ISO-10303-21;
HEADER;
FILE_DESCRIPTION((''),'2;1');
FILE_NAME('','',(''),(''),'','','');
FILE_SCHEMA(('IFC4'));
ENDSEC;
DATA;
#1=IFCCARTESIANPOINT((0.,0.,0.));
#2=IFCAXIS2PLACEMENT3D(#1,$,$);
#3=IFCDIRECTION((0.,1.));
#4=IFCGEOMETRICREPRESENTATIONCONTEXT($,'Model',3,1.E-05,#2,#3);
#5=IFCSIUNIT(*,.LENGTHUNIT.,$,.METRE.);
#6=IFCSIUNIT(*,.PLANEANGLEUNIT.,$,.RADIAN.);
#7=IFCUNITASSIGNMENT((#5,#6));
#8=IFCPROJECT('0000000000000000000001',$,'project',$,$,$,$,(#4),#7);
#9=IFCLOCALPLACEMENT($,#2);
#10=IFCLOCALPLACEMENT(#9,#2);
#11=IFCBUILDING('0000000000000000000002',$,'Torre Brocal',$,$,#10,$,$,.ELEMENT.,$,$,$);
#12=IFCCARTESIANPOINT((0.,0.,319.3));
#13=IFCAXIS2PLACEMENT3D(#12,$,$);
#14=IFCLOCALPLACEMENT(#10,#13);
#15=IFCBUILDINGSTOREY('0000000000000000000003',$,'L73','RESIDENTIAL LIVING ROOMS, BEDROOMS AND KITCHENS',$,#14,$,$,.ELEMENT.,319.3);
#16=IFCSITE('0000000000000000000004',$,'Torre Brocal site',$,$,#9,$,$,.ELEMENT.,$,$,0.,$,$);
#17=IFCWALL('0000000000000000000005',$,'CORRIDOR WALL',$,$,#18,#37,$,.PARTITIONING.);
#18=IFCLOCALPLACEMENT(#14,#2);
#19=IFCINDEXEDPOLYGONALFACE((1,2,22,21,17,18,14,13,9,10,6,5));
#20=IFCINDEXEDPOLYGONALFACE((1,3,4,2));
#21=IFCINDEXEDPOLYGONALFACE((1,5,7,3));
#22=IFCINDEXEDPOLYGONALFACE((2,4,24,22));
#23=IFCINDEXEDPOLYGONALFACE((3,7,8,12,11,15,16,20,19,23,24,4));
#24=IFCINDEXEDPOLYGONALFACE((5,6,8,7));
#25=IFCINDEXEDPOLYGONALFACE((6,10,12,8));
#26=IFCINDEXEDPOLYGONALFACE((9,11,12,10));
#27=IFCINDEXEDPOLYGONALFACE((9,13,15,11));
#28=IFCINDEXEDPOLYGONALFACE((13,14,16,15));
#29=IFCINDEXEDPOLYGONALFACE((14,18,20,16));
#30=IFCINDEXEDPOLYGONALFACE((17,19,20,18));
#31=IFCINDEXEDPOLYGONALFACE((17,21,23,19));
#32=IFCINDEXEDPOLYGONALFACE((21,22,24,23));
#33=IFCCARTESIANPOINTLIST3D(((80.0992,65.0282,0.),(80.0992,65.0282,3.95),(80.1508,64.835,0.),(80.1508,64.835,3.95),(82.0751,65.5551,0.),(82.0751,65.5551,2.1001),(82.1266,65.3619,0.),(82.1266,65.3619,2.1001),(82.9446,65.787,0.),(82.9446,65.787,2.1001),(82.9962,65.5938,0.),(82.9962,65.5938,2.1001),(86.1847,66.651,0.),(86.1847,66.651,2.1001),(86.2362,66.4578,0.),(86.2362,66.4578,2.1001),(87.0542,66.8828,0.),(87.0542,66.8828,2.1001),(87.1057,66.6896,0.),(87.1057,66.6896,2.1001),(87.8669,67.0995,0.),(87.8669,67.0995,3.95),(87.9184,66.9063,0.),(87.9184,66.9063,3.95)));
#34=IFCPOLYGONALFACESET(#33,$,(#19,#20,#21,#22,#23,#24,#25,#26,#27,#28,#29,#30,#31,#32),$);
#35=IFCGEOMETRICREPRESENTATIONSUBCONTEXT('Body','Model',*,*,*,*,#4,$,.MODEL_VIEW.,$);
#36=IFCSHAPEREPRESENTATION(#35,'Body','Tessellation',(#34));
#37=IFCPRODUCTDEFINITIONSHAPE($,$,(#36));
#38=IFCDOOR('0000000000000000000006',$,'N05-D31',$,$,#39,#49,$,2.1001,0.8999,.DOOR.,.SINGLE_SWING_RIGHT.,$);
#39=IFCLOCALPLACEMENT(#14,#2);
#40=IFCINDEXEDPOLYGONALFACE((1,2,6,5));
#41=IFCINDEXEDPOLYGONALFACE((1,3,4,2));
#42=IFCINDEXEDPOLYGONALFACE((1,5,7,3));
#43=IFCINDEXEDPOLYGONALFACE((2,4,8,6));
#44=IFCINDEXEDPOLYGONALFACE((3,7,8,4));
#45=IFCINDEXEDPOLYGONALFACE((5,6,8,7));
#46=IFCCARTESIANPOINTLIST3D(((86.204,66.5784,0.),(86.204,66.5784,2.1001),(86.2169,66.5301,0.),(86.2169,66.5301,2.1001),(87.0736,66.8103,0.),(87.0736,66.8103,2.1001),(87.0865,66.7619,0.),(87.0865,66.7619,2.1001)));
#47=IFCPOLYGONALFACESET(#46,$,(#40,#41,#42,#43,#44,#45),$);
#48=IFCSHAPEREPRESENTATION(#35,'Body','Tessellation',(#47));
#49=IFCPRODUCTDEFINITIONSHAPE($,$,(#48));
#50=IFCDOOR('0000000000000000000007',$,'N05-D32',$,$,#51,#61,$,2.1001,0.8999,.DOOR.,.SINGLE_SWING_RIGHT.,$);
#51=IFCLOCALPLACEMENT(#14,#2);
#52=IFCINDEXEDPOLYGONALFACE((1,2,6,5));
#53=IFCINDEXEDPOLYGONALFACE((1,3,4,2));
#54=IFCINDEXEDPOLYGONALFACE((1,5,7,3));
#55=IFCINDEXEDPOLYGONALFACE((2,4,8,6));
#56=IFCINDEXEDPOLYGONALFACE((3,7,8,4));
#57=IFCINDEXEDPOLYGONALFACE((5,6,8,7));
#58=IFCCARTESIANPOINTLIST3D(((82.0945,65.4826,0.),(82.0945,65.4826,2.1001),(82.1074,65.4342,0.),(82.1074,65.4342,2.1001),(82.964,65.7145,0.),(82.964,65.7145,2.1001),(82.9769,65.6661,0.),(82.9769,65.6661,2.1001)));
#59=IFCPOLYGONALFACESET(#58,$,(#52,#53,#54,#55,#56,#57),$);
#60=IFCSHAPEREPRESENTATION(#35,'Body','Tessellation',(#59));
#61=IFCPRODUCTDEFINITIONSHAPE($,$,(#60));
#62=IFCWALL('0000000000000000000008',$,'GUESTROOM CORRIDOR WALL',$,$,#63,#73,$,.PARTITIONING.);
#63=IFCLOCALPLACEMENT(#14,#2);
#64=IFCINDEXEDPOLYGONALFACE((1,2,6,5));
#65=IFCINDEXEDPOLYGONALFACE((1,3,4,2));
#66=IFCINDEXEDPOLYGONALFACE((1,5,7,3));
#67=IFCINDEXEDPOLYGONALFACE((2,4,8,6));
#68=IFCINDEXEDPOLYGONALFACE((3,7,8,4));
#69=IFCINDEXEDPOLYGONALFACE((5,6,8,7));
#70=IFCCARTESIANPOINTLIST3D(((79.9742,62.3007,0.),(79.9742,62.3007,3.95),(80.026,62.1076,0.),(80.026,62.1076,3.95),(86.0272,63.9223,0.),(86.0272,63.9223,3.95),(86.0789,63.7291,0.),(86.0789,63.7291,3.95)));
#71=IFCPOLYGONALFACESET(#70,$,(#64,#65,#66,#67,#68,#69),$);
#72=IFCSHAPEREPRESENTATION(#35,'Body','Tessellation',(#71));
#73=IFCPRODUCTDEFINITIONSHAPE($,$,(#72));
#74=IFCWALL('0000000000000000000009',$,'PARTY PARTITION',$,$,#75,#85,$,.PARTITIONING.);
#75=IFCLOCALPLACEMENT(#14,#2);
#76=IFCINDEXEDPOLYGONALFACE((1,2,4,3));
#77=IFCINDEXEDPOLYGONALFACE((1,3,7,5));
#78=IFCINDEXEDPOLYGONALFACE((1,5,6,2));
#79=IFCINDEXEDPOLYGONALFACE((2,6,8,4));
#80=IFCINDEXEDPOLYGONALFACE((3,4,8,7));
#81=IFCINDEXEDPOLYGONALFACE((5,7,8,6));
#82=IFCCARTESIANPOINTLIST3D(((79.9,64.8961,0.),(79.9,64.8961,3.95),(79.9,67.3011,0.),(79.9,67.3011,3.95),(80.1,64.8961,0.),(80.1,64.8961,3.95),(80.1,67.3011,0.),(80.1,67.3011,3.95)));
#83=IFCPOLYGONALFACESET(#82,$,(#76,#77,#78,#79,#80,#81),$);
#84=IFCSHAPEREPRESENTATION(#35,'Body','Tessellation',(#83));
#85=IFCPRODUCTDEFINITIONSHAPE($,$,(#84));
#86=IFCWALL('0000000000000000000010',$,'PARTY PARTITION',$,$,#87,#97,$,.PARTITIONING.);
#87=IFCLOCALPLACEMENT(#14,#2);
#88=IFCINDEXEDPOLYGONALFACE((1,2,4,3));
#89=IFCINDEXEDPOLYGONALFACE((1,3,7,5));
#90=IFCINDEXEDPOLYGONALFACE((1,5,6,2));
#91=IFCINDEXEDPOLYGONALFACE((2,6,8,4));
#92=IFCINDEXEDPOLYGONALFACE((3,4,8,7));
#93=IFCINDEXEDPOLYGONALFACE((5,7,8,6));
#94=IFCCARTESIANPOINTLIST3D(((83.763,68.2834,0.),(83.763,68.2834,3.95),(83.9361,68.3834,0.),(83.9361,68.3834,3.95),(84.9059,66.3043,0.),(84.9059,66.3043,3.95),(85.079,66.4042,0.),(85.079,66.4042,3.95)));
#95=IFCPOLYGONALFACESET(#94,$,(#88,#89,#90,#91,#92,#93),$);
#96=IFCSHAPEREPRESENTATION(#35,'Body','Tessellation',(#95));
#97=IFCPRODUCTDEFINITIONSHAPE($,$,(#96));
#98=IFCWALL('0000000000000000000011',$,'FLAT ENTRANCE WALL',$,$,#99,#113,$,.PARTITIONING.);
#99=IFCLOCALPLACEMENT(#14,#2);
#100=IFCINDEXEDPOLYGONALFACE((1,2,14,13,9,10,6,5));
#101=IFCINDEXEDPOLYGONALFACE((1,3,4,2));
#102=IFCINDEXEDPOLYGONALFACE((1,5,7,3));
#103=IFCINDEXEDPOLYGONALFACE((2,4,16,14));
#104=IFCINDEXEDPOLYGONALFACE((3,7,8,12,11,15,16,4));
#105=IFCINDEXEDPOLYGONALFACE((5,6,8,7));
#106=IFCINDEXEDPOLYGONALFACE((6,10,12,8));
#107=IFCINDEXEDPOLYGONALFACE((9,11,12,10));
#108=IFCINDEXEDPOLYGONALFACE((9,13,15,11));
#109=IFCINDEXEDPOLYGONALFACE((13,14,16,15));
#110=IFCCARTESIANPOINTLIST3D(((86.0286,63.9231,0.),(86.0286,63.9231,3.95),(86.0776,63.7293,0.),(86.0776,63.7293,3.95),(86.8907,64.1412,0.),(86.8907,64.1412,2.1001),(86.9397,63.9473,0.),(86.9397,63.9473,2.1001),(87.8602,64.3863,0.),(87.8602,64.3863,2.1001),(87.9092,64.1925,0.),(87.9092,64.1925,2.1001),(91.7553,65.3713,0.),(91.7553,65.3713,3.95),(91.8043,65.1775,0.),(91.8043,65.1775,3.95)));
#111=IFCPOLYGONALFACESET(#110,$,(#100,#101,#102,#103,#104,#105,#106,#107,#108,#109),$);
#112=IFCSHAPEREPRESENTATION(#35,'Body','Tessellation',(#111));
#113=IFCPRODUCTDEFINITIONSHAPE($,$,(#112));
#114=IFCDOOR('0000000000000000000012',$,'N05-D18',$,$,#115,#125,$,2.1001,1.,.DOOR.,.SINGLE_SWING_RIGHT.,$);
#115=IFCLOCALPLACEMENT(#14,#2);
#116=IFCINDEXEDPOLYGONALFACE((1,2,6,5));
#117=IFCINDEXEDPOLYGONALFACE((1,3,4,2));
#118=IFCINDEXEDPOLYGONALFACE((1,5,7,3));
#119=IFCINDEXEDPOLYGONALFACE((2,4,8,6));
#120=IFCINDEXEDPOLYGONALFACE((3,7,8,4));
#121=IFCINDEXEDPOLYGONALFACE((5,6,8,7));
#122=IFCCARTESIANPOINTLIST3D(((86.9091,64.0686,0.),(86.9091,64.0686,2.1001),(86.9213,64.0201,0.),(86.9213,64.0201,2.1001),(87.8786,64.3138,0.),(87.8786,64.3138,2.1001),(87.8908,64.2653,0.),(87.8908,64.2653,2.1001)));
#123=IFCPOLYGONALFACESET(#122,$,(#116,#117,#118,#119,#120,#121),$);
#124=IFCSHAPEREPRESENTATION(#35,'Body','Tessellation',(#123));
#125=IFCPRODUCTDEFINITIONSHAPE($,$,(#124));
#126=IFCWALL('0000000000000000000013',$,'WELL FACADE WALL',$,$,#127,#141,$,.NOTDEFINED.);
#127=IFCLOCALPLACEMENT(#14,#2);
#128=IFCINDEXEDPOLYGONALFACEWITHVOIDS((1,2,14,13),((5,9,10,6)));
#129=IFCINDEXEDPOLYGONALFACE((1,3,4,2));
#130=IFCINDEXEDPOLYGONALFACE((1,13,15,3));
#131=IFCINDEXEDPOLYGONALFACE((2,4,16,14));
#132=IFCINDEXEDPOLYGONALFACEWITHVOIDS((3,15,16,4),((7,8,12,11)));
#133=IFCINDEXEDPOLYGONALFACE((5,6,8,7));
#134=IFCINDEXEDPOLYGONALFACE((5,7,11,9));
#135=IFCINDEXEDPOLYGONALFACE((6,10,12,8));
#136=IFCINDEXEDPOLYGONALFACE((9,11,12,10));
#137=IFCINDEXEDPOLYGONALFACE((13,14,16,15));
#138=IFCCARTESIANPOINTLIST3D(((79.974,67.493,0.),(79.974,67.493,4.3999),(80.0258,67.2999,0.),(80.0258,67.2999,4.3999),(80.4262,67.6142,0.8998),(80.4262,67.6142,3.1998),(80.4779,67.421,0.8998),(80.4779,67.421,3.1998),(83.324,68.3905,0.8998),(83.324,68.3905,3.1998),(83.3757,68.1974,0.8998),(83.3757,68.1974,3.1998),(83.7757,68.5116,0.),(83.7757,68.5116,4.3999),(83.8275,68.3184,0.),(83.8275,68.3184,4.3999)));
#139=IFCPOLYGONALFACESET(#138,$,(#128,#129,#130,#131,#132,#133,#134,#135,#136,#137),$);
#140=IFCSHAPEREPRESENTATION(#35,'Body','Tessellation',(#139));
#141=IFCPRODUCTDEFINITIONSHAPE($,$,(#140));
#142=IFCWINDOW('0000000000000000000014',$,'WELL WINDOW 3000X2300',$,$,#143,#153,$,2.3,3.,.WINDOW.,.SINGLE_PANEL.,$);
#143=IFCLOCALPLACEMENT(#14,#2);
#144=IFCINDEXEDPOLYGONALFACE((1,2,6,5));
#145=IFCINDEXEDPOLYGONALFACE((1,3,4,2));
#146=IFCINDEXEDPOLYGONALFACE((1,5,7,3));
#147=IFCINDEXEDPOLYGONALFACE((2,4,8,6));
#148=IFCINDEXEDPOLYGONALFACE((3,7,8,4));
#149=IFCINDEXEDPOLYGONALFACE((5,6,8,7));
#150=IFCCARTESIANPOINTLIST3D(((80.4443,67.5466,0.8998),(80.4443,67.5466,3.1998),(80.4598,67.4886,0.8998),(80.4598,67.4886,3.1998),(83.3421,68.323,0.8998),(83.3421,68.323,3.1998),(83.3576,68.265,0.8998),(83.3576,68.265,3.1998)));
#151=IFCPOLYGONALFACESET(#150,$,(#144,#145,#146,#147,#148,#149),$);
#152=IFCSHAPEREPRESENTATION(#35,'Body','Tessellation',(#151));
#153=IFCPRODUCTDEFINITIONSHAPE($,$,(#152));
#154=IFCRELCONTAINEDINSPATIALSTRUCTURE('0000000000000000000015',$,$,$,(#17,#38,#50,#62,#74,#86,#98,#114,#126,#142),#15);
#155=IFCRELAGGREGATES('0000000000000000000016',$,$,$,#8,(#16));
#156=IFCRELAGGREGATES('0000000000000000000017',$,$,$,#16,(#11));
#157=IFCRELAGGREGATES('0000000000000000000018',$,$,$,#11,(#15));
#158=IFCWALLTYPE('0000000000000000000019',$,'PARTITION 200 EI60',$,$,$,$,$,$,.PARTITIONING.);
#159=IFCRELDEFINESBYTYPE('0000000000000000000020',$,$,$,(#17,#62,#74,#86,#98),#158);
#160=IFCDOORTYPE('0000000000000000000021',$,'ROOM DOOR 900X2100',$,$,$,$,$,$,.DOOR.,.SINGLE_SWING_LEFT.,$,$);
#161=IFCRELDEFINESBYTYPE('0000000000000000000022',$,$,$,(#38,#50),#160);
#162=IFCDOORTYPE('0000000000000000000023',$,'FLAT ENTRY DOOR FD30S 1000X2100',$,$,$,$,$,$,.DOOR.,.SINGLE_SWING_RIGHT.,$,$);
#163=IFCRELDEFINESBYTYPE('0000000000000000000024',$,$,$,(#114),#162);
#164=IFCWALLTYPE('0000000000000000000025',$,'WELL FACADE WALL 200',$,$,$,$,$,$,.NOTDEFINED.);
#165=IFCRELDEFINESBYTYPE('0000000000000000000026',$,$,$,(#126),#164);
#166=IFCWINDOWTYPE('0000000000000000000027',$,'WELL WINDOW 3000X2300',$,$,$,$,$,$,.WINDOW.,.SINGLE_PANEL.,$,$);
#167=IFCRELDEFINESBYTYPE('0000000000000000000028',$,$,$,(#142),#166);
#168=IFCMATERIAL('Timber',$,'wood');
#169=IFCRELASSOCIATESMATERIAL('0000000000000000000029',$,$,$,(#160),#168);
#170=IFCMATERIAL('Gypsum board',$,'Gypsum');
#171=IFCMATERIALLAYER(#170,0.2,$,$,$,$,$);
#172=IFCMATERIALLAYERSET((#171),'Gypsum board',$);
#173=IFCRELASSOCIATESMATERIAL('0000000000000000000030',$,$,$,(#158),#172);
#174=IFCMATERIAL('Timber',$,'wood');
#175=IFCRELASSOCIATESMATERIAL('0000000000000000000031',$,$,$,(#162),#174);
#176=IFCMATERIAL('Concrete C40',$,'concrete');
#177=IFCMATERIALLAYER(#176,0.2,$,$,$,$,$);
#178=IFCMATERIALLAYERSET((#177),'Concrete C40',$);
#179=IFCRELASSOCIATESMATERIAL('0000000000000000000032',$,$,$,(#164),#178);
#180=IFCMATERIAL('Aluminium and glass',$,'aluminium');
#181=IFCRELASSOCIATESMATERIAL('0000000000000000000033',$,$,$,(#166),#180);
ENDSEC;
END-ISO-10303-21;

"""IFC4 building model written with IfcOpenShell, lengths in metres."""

from ifc_helpers import new_model, si_unit, direction, frame, frame_2d, origin, place, context, subcontext, project, spatial, rectangle, extrude, material, layer, layer_set, type_object, element, fill, save


model = new_model("IFC4")

# Units and contexts
model_context = context("Model", 3, precision=1e-05, world=origin(), true_north=direction((0.0, 1.0)))
body_context = subcontext(model_context, "Body", "Model", "MODEL_VIEW")
ifc_project = project(units=[si_unit("LENGTHUNIT", "METRE"), si_unit("PLANEANGLEUNIT", "RADIAN")], contexts=[model_context])

# Site, building, storey
site_placement = place(None, origin())
site = spatial("IfcSite", under=ifc_project, at=site_placement, Name="Torre Brocal site", CompositionType="ELEMENT", RefElevation=0.0)
building_placement = place(site_placement, origin())
building = spatial("IfcBuilding", under=site, at=building_placement, Name="Torre Brocal", CompositionType="ELEMENT")
storey_placement = place(building_placement, frame((0.0, 0.0, 319.3)))
storey = spatial("IfcBuildingStorey", under=building, at=storey_placement, Name="L73", Description="RESIDENTIAL LIVING ROOMS, BEDROOMS AND KITCHENS", CompositionType="ELEMENT", Elevation=319.3)

# Shared definitions
ifc_material_1 = material(Name="Timber", Category="wood")
door_type_1 = type_object("IfcDoorType", Name="ROOM DOOR 900X2100", OperationType="SINGLE_SWING_LEFT", PredefinedType="DOOR", material=ifc_material_1)

# Wall, openings, doors
ifc_material_2 = material(Name="Gypsum board", Category="Gypsum")
ifc_layer_1 = layer(ifc_material_2, 0.2)
ifc_layer_set_1 = layer_set([ifc_layer_1], Name="Gypsum board")
wall_type_1 = type_object("IfcWallType", Name="PARTITION 200 EI60", PredefinedType="PARTITIONING", material=ifc_layer_set_1)
wall_1_placement = place(storey_placement, frame((80.125, 64.9316, 0.0), z_axis=(0.0, 0.0, 1.0), x_axis=(0.966237, 0.257655, 0.0)))
wall_1 = element("IfcWall", 1, at=wall_1_placement, inside=storey, type_object=wall_type_1, Name="CORRIDOR WALL", PredefinedType="PARTITIONING", context=body_context, shape_type="SweptSolid", body=[
    extrude(rectangle(XDim=8.0391, YDim=0.2, at=frame_2d((4.0195, 0.0))), origin(), (0.0, 0.0, 1.0), 3.95),
])
opening_1_placement = place(wall_1_placement, frame((6.2981, 0.0, 0.0)))
opening_1 = element("IfcOpeningElement", 2, at=opening_1_placement, cuts=wall_1, PredefinedType="OPENING", context=body_context, shape_type="SweptSolid", body=[
    extrude(rectangle(XDim=0.8999, YDim=2.1001, at=frame_2d((0.45, 1.05))), frame((0.0, 0.1099, 0.0), z_axis=(0.0, -1.0, 0.0), x_axis=(1.0, 0.0, 0.0)), (0.0, 0.0, 1.0), 0.22),
])
opening_2_placement = place(wall_1_placement, frame((2.0449, 0.0, 0.0)))
opening_2 = element("IfcOpeningElement", 3, at=opening_2_placement, cuts=wall_1, PredefinedType="OPENING", context=body_context, shape_type="SweptSolid", body=[
    extrude(rectangle(XDim=0.8999, YDim=2.1001, at=frame_2d((0.45, 1.05))), frame((0.0, 0.1099, 0.0), z_axis=(0.0, -1.0, 0.0), x_axis=(1.0, 0.0, 0.0)), (0.0, 0.0, 1.0), 0.22),
])
door_1_placement = place(opening_1_placement, origin())
door_1 = element("IfcDoor", 4, at=door_1_placement, inside=storey, type_object=door_type_1, Name="N05-D31", OperationType="SINGLE_SWING_RIGHT", OverallHeight=2.1001, OverallWidth=0.8999, PredefinedType="DOOR", context=body_context, shape_type="SweptSolid", body=[
    extrude(rectangle(XDim=0.8999, YDim=2.1001, at=frame_2d((0.45, 1.05))), frame((0.0, 0.0249, 0.0), z_axis=(0.0, -1.0, 0.0), x_axis=(1.0, 0.0, 0.0)), (0.0, 0.0, 1.0), 0.05),
])
fill(opening_1, door_1)
door_2_placement = place(opening_2_placement, origin())
door_2 = element("IfcDoor", 5, at=door_2_placement, inside=storey, type_object=door_type_1, Name="N05-D32", OperationType="SINGLE_SWING_RIGHT", OverallHeight=2.1001, OverallWidth=0.8999, PredefinedType="DOOR", context=body_context, shape_type="SweptSolid", body=[
    extrude(rectangle(XDim=0.8999, YDim=2.1001, at=frame_2d((0.45, 1.05))), frame((0.0, 0.0249, 0.0), z_axis=(0.0, -1.0, 0.0), x_axis=(1.0, 0.0, 0.0)), (0.0, 0.0, 1.0), 0.05),
])
fill(opening_2, door_2)

# Walls
wall_2_placement = place(storey_placement, frame((80.0, 62.2041, 0.0), z_axis=(0.0, 0.0, 1.0), x_axis=(0.965938, 0.258773, 0.0)))
element("IfcWall", 6, at=wall_2_placement, inside=storey, type_object=wall_type_1, Name="GUESTROOM CORRIDOR WALL", PredefinedType="PARTITIONING", context=body_context, shape_type="SweptSolid", body=[
    extrude(rectangle(XDim=6.2664, YDim=0.2, at=frame_2d((3.1333, 0.0))), origin(), (0.0, 0.0, 1.0), 3.95),
])
wall_3_placement = place(storey_placement, frame((80.0, 64.896, 0.0), z_axis=(0.0, 0.0, 1.0), x_axis=(0.0, 1.0, 0.0)))
element("IfcWall", 7, at=wall_3_placement, inside=storey, type_object=wall_type_1, Name="PARTY PARTITION", PredefinedType="PARTITIONING", context=body_context, shape_type="SweptSolid", body=[
    extrude(rectangle(XDim=2.405, YDim=0.2, at=frame_2d((1.2026, 0.0))), origin(), (0.0, 0.0, 1.0), 3.95),
])
wall_4_placement = place(storey_placement, frame((83.8496, 68.3333, 0.0), z_axis=(0.0, 0.0, 1.0), x_axis=(0.50008, -0.865979, 0.0)))
element("IfcWall", 8, at=wall_4_placement, inside=storey, type_object=wall_type_1, Name="PARTY PARTITION", PredefinedType="PARTITIONING", context=body_context, shape_type="SweptSolid", body=[
    extrude(rectangle(XDim=2.2854, YDim=0.2, at=frame_2d((1.1426, 0.0))), origin(), (0.0, 0.0, 1.0), 3.95),
])

# Wall, opening, door
wall_5_placement = place(storey_placement, frame((86.053, 63.8262, 0.0), z_axis=(0.0, 0.0, 1.0), x_axis=(0.96948, 0.24517, 0.0)))
wall_5 = element("IfcWall", 9, at=wall_5_placement, inside=storey, type_object=wall_type_1, Name="FLAT ENTRANCE WALL", PredefinedType="PARTITIONING", context=body_context, shape_type="SweptSolid", body=[
    extrude(rectangle(XDim=5.907, YDim=0.2, at=frame_2d((2.9536, 0.0))), origin(), (0.0, 0.0, 1.0), 3.95),
])
opening_3_placement = place(wall_5_placement, frame((0.8894, 0.0, 0.0)))
opening_3 = element("IfcOpeningElement", 10, at=opening_3_placement, cuts=wall_5, PredefinedType="OPENING", context=body_context, shape_type="SweptSolid", body=[
    extrude(rectangle(XDim=1.0, YDim=2.1001, at=frame_2d((0.5, 1.05))), frame((0.0, 0.1099, 0.0), z_axis=(0.0, -1.0, 0.0), x_axis=(1.0, 0.0, 0.0)), (0.0, 0.0, 1.0), 0.22),
])
ifc_material_3 = material(Name="Timber", Category="wood")
door_type_2 = type_object("IfcDoorType", Name="FLAT ENTRY DOOR FD30S 1000X2100", OperationType="SINGLE_SWING_RIGHT", PredefinedType="DOOR", material=ifc_material_3)
door_3_placement = place(opening_3_placement, frame((1.0, 0.0, 0.0), z_axis=(0.0, 0.0, 1.0), x_axis=(-1.0, 0.0, 0.0)))
door_3 = element("IfcDoor", 11, at=door_3_placement, inside=storey, type_object=door_type_2, Name="N05-D18", OperationType="SINGLE_SWING_RIGHT", OverallHeight=2.1001, OverallWidth=1.0, PredefinedType="DOOR", context=body_context, shape_type="SweptSolid", body=[
    extrude(rectangle(XDim=1.0, YDim=2.1001, at=frame_2d((0.5, 1.05))), frame((0.0, 0.0249, 0.0), z_axis=(0.0, -1.0, 0.0), x_axis=(1.0, 0.0, 0.0)), (0.0, 0.0, 1.0), 0.05),
])
fill(opening_3, door_3)

# Wall, opening, window
ifc_material_4 = material(Name="Concrete C40", Category="concrete")
ifc_layer_2 = layer(ifc_material_4, 0.2)
ifc_layer_set_2 = layer_set([ifc_layer_2], Name="Concrete C40")
wall_type_2 = type_object("IfcWallType", Name="WELL FACADE WALL 200", PredefinedType="NOTDEFINED", material=ifc_layer_set_2)
wall_6_placement = place(storey_placement, frame((80.0, 67.3965, 0.0), z_axis=(0.0, 0.0, 1.0), x_axis=(0.965934, 0.25879, 0.0)))
wall_6 = element("IfcWall", 12, at=wall_6_placement, inside=storey, type_object=wall_type_2, Name="WELL FACADE WALL", PredefinedType="NOTDEFINED", context=body_context, shape_type="SweptSolid", body=[
    extrude(rectangle(XDim=3.9358, YDim=0.2, at=frame_2d((1.9678, 0.0))), origin(), (0.0, 0.0, 1.0), 4.3999),
])
opening_4_placement = place(wall_6_placement, frame((0.468, 0.0, 0.8999)))
opening_4 = element("IfcOpeningElement", 13, at=opening_4_placement, cuts=wall_6, PredefinedType="OPENING", context=body_context, shape_type="SweptSolid", body=[
    extrude(rectangle(XDim=3.0, YDim=2.3, at=frame_2d((1.5, 1.1499))), frame((0.0, 0.1099, 0.0), z_axis=(0.0, -1.0, 0.0), x_axis=(1.0, 0.0, 0.0)), (0.0, 0.0, 1.0), 0.22),
])
ifc_material_5 = material(Name="Aluminium and glass", Category="aluminium")
window_type = type_object("IfcWindowType", Name="WELL WINDOW 3000X2300", PartitioningType="SINGLE_PANEL", PredefinedType="WINDOW", material=ifc_material_5)
window_1_placement = place(opening_4_placement, origin())
window_1 = element("IfcWindow", 14, at=window_1_placement, inside=storey, type_object=window_type, Name="WELL WINDOW 3000X2300", OverallHeight=2.3, OverallWidth=3.0, PartitioningType="SINGLE_PANEL", PredefinedType="WINDOW", context=body_context, shape_type="SweptSolid", body=[
    extrude(rectangle(XDim=3.0, YDim=2.3, at=frame_2d((1.5, 1.1499))), frame((0.0, 0.03, 0.0), z_axis=(0.0, -1.0, 0.0), x_axis=(1.0, 0.0, 0.0)), (0.0, 0.0, 1.0), 0.0601),
])
fill(opening_4, window_1)

save(model, "model.ifc")
